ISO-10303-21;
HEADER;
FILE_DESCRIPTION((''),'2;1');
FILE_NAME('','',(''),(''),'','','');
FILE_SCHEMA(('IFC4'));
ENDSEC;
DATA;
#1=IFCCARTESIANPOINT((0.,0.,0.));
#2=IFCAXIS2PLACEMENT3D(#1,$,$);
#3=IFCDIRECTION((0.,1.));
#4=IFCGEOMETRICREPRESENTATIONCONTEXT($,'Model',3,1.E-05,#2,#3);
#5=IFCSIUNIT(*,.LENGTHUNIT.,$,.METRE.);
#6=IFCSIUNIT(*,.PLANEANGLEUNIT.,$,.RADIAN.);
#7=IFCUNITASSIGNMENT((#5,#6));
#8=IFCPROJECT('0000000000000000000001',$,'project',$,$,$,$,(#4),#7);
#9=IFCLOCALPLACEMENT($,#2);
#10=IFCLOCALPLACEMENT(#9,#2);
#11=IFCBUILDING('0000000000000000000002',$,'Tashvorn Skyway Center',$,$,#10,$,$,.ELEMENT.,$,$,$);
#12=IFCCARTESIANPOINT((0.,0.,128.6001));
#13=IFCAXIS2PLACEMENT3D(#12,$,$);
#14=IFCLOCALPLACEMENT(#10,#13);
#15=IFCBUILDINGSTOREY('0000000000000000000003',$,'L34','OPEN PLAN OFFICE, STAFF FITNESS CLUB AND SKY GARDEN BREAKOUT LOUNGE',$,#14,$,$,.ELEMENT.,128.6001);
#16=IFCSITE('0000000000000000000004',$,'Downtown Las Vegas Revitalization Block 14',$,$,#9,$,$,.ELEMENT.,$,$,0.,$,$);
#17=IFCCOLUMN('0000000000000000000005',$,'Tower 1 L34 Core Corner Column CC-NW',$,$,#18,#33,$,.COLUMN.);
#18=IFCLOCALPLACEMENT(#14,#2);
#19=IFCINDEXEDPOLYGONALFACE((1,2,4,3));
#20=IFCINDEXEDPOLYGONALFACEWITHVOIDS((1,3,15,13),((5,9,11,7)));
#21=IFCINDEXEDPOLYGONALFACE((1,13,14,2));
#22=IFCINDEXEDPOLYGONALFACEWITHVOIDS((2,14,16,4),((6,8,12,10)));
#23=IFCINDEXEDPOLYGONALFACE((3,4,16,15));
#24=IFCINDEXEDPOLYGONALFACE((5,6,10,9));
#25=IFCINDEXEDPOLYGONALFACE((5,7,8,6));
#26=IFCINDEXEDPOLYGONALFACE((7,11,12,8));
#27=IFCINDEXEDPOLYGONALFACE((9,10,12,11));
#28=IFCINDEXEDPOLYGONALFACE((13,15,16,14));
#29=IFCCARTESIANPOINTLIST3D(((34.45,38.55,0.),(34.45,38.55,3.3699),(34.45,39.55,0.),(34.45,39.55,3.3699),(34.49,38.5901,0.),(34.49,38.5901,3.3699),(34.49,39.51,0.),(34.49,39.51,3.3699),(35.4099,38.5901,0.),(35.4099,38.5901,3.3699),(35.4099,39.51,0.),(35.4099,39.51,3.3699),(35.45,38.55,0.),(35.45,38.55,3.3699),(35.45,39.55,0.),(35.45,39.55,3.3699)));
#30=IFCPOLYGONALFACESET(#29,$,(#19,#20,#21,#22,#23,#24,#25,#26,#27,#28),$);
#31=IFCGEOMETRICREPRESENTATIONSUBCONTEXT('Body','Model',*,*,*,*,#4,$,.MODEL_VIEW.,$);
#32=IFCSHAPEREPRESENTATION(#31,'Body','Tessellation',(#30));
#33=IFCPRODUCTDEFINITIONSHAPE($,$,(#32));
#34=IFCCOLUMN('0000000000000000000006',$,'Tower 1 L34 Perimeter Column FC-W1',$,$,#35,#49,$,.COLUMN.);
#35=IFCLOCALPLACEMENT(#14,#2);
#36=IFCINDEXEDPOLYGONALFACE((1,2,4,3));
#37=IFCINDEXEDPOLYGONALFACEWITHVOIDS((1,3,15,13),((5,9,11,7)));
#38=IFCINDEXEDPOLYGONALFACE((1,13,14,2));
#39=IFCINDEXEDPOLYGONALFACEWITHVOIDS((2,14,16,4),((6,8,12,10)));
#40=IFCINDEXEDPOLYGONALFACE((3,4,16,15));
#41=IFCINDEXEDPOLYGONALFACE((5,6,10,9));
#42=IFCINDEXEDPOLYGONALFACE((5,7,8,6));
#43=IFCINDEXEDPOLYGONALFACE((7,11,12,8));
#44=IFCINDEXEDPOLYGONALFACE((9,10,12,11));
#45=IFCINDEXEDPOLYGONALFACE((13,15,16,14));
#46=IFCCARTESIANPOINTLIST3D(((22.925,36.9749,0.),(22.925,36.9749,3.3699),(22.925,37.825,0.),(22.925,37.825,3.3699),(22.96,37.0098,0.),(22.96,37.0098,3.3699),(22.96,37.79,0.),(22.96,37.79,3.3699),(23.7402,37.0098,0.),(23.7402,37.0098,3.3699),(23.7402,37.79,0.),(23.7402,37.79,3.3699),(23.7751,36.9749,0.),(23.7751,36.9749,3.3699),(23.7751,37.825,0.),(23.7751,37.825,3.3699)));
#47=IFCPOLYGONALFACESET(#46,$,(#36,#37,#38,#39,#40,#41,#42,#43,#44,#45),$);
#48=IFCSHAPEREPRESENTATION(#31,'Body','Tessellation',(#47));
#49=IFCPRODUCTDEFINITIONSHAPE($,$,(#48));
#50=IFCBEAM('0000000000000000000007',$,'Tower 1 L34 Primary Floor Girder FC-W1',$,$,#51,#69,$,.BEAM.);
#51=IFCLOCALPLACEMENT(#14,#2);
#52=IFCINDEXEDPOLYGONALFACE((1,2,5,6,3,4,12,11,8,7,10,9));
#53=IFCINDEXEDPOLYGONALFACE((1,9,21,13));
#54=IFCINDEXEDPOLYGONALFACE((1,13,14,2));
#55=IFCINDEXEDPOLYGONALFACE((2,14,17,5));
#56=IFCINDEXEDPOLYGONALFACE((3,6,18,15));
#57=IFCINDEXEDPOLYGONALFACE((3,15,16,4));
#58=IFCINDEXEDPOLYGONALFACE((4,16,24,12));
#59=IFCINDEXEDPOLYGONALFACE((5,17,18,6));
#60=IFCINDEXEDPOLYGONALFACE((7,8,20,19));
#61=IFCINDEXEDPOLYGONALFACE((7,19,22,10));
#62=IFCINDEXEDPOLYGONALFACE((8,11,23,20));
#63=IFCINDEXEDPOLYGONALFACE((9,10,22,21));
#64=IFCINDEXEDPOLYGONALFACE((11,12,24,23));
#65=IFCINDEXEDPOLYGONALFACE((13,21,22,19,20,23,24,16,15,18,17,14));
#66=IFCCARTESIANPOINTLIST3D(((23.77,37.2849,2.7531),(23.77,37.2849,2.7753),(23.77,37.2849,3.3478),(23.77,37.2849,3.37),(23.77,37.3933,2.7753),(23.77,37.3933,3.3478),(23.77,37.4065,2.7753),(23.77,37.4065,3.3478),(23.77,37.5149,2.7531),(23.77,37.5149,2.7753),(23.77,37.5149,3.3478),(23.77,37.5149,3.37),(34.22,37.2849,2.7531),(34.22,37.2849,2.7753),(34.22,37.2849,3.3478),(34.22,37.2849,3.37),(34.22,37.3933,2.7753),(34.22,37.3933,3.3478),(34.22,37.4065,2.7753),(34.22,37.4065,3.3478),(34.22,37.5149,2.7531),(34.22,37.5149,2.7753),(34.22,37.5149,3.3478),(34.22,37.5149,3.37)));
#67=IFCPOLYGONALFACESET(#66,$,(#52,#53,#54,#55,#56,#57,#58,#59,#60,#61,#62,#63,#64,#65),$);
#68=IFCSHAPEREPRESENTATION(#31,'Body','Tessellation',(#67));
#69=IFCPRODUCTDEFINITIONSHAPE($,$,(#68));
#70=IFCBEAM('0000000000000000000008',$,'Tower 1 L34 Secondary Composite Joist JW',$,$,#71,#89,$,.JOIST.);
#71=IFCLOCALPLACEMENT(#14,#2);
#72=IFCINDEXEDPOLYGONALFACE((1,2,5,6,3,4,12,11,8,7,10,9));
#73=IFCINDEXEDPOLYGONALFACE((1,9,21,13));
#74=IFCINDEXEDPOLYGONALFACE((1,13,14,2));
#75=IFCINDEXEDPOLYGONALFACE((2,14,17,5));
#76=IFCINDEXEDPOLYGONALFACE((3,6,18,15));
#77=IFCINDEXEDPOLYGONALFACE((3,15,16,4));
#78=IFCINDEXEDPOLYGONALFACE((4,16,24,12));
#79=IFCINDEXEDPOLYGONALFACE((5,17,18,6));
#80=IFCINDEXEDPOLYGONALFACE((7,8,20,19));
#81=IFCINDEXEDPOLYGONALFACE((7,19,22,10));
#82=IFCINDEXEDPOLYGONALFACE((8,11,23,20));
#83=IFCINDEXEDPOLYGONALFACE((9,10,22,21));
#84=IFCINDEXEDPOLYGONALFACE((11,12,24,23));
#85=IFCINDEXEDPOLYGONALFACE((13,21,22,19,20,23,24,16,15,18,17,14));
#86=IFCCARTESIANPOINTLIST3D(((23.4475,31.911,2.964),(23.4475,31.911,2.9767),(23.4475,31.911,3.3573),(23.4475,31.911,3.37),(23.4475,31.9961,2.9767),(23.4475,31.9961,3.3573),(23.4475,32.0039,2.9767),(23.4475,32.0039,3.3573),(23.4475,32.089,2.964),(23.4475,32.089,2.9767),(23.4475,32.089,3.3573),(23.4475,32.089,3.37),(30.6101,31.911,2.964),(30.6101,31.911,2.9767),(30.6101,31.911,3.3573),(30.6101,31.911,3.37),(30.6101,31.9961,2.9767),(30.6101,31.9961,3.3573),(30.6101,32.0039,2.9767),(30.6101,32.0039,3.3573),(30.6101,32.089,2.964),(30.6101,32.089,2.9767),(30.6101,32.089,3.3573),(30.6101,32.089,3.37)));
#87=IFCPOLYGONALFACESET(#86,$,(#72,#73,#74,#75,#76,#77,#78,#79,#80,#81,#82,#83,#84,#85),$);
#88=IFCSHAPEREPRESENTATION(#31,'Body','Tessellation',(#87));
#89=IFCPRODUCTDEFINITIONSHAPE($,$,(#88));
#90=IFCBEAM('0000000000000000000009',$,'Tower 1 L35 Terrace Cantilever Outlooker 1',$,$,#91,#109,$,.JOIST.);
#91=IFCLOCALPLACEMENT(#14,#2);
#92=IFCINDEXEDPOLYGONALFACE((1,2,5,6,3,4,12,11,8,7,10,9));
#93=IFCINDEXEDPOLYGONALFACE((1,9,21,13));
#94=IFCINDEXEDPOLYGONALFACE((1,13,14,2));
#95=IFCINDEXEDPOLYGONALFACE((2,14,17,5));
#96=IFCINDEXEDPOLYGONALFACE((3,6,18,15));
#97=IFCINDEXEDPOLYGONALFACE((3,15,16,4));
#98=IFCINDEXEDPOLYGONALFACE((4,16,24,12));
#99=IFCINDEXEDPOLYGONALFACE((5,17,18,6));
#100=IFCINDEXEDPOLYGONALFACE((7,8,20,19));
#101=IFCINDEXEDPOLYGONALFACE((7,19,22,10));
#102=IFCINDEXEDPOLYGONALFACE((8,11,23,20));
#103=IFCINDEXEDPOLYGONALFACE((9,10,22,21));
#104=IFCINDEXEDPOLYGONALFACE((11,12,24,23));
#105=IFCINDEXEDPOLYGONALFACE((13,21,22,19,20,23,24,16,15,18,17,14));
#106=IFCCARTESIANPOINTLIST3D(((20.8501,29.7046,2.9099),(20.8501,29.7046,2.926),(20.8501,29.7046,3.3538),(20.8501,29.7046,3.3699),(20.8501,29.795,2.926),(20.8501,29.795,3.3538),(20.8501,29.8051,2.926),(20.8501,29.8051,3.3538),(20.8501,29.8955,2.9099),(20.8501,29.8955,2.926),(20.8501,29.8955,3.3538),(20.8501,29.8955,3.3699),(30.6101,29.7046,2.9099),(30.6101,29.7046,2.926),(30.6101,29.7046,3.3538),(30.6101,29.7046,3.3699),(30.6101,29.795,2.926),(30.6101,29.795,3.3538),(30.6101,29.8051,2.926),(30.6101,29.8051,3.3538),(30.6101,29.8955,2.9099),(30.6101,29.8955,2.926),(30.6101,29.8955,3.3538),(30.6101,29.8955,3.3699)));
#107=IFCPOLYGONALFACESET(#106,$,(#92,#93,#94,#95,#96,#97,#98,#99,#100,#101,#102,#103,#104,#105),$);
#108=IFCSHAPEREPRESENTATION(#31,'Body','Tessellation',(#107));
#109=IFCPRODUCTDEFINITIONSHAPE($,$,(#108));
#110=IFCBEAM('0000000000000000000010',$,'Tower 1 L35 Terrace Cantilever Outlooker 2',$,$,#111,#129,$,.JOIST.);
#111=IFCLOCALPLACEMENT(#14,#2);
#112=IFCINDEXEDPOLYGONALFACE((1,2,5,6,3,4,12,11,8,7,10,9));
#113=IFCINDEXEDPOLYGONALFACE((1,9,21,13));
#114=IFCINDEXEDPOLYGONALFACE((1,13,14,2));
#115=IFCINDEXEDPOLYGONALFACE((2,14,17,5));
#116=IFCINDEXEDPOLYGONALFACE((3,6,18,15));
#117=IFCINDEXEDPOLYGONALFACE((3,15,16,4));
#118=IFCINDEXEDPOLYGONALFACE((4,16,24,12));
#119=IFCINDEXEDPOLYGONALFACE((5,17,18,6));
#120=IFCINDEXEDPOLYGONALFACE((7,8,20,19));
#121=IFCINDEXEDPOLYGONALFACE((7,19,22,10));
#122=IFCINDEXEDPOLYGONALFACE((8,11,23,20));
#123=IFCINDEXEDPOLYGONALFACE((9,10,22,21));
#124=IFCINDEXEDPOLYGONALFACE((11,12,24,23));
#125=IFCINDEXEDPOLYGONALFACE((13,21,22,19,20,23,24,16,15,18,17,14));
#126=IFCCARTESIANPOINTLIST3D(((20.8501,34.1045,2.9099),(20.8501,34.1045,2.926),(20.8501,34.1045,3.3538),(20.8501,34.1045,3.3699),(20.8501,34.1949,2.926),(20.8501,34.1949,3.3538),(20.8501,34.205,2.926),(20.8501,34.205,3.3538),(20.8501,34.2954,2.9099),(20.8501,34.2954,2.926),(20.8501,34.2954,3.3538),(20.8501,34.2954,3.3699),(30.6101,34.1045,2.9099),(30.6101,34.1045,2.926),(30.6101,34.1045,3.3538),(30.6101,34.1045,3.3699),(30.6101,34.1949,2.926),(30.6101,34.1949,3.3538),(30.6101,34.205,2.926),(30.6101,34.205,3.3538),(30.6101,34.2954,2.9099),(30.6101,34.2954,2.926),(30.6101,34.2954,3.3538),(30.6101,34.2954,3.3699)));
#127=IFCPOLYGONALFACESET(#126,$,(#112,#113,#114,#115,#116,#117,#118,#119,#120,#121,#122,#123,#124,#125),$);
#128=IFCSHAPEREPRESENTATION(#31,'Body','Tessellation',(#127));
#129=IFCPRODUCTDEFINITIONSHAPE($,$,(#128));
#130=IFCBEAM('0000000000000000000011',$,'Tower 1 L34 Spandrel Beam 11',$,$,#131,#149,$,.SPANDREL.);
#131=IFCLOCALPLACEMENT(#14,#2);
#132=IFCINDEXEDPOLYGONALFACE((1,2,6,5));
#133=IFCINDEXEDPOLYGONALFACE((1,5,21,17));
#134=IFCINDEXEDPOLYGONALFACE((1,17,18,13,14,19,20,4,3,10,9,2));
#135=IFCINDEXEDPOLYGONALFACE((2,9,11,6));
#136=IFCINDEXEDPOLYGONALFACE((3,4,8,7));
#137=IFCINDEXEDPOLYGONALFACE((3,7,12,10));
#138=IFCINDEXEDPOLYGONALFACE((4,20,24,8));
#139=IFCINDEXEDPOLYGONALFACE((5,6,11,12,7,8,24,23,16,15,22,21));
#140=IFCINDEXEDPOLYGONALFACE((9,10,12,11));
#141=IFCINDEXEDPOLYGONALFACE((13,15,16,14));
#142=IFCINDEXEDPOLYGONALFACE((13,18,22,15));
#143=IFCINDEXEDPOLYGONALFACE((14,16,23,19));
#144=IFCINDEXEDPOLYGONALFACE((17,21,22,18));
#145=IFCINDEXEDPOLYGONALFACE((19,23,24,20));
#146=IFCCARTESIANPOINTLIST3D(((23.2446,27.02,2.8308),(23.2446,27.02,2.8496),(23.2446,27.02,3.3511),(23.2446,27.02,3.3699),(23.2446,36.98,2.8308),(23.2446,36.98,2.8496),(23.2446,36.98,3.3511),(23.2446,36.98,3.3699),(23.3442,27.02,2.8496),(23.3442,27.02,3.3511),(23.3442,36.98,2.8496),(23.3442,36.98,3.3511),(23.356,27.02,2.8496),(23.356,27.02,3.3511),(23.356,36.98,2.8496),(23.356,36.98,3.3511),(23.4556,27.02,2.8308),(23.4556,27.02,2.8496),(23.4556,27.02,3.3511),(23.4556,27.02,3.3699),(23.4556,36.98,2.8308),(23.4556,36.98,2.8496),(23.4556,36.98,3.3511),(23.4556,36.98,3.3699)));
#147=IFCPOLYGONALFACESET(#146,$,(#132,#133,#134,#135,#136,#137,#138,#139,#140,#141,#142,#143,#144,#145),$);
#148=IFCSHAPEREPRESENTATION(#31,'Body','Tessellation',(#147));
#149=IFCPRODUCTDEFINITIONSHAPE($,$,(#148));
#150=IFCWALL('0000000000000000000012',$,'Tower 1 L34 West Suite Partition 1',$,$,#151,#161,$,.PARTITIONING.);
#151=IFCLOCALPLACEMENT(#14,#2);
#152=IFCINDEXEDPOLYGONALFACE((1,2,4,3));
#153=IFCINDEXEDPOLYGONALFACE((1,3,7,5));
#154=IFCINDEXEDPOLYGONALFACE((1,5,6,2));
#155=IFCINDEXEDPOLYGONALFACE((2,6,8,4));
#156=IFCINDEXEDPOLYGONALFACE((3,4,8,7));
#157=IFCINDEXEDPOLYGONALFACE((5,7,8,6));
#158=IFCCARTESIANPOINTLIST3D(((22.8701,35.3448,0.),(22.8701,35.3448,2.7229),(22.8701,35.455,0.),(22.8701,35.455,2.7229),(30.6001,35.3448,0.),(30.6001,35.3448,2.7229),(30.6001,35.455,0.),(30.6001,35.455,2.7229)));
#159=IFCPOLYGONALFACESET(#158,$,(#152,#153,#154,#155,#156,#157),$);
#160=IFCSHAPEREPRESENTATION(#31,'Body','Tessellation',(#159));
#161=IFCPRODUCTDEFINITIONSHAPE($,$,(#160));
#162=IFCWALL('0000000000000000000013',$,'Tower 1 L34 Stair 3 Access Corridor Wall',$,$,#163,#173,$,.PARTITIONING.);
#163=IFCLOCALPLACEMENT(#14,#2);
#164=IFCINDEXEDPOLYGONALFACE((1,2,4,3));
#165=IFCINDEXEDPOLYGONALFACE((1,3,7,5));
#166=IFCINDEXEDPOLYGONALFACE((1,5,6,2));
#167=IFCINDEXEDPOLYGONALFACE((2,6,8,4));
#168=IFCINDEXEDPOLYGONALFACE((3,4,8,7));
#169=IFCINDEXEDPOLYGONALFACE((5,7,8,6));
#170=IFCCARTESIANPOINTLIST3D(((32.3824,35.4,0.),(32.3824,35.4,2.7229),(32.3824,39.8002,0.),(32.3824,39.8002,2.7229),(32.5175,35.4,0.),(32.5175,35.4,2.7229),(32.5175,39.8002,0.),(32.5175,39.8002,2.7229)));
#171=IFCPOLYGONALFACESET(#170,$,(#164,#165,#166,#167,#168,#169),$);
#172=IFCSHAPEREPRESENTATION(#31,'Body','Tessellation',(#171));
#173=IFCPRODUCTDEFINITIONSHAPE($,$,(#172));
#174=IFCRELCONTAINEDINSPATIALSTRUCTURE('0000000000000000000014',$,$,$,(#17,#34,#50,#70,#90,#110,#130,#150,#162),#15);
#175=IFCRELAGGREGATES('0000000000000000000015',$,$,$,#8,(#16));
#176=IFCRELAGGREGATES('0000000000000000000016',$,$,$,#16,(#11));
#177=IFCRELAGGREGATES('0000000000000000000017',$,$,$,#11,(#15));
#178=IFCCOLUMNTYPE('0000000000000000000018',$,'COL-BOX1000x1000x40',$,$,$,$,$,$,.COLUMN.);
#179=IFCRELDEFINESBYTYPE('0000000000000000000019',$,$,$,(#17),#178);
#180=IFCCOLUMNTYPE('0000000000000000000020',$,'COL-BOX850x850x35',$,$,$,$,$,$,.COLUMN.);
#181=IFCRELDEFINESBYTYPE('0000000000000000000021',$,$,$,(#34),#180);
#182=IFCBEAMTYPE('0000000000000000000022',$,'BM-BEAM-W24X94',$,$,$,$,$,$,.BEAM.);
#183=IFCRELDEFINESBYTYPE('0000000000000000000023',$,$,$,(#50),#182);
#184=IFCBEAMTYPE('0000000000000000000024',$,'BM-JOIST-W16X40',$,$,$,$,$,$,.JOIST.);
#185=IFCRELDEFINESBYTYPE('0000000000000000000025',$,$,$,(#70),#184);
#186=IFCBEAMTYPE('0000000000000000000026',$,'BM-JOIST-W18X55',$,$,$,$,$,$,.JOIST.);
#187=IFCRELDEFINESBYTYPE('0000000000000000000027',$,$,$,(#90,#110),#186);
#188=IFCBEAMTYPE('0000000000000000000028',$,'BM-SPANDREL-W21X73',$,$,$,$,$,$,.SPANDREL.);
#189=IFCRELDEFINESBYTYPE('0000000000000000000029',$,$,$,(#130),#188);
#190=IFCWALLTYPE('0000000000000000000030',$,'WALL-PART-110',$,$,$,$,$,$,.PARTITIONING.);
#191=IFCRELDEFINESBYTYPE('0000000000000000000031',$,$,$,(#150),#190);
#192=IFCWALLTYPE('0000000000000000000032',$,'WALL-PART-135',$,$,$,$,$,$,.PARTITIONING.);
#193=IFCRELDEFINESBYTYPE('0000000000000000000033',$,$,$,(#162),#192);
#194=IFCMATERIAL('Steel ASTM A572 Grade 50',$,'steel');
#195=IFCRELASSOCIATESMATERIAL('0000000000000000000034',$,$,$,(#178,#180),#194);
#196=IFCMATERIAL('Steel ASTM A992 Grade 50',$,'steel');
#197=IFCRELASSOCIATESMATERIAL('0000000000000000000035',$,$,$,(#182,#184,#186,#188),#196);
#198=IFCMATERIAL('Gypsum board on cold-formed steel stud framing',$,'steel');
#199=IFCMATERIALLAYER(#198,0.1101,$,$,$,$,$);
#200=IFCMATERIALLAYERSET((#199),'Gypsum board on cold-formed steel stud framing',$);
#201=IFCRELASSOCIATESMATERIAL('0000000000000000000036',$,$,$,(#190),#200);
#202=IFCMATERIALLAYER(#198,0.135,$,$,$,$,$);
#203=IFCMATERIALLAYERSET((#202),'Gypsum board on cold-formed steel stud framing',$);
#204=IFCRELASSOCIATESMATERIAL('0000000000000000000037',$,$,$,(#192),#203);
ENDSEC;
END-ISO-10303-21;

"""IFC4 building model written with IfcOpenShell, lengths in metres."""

from ifc_helpers import new_model, si_unit, direction, frame, frame_2d, origin, origin_2d, place, context, subcontext, project, spatial, rectangle, hollow_rectangle, i_section, extrude, material, layer, layer_set, material_profile, profile_set, type_object, element, save


model = new_model("IFC4")

# Units and contexts
model_context = context("Model", 3, precision=1e-05, world=origin(), true_north=direction((0.0, 1.0)))
body_context = subcontext(model_context, "Body", "Model", "MODEL_VIEW")
ifc_project = project(units=[si_unit("LENGTHUNIT", "METRE"), si_unit("PLANEANGLEUNIT", "RADIAN")], contexts=[model_context])

# Site, building, storey
site_placement = place(None, origin())
site = spatial("IfcSite", under=ifc_project, at=site_placement, Name="Downtown Las Vegas Revitalization Block 14", CompositionType="ELEMENT", RefElevation=0.0)
building_placement = place(site_placement, origin())
building = spatial("IfcBuilding", under=site, at=building_placement, Name="Tashvorn Skyway Center", CompositionType="ELEMENT")
storey_placement = place(building_placement, frame((0.0, 0.0, 128.6001)))
storey = spatial("IfcBuildingStorey", under=building, at=storey_placement, Name="L34", Description="OPEN PLAN OFFICE, STAFF FITNESS CLUB AND SKY GARDEN BREAKOUT LOUNGE", CompositionType="ELEMENT", Elevation=128.6001)

# Columns
ifc_material_1 = material(Name="Steel ASTM A572 Grade 50", Category="steel")
ifc_material_profile_1 = material_profile(ifc_material_1, hollow_rectangle(XDim=1.0, YDim=1.0, WallThickness=0.04, at=origin_2d()), Name="BOX1000x1000x40")
ifc_profile_set_1 = profile_set([ifc_material_profile_1], Name="Steel ASTM A572 Grade 50")
column_type_1 = type_object("IfcColumnType", Name="COL-BOX1000x1000x40", PredefinedType="COLUMN", material=ifc_profile_set_1)
column_1_placement = place(storey_placement, frame((34.95, 39.05, 0.0), z_axis=(0.0, 0.0, 1.0), x_axis=(1.0, 0.0, 0.0)))
element("IfcColumn", 1, at=column_1_placement, inside=storey, type_object=column_type_1, Name="Tower 1 L34 Core Corner Column CC-NW", PredefinedType="COLUMN", context=body_context, shape_type="SweptSolid", body=[
    extrude(hollow_rectangle(XDim=1.0, YDim=1.0, WallThickness=0.04, at=origin_2d()), origin(), (0.0, 0.0, 1.0), 3.3699),
])
ifc_material_profile_2 = material_profile(ifc_material_1, hollow_rectangle(XDim=0.8501, YDim=0.8501, WallThickness=0.0349, at=origin_2d()), Name="BOX850x850x35")
ifc_profile_set_2 = profile_set([ifc_material_profile_2], Name="Steel ASTM A572 Grade 50")
column_type_2 = type_object("IfcColumnType", Name="COL-BOX850x850x35", PredefinedType="COLUMN", material=ifc_profile_set_2)
column_2_placement = place(storey_placement, frame((23.3501, 37.3999, 0.0), z_axis=(0.0, 0.0, 1.0), x_axis=(1.0, 0.0, 0.0)))
element("IfcColumn", 2, at=column_2_placement, inside=storey, type_object=column_type_2, Name="Tower 1 L34 Perimeter Column FC-W1", PredefinedType="COLUMN", context=body_context, shape_type="SweptSolid", body=[
    extrude(hollow_rectangle(XDim=0.8501, YDim=0.8501, WallThickness=0.0349, at=origin_2d()), origin(), (0.0, 0.0, 1.0), 3.3699),
])

# Beams
ifc_material_2 = material(Name="Steel ASTM A992 Grade 50", Category="steel")
ifc_material_profile_3 = material_profile(ifc_material_2, i_section(OverallWidth=0.23, OverallDepth=0.6169, WebThickness=0.0132, FlangeThickness=0.0222, at=origin_2d()), Name="W24X94")
ifc_profile_set_3 = profile_set([ifc_material_profile_3], Name="Steel ASTM A992 Grade 50")
beam_type_1 = type_object("IfcBeamType", Name="BM-BEAM-W24X94", PredefinedType="BEAM", material=ifc_profile_set_3)
beam_1_placement = place(storey_placement, frame((23.77, 37.3999, 3.0615), z_axis=(1.0, 0.0, 0.0), x_axis=(0.0, 1.0, 0.0)))
element("IfcBeam", 3, at=beam_1_placement, inside=storey, type_object=beam_type_1, Name="Tower 1 L34 Primary Floor Girder FC-W1", PredefinedType="BEAM", context=body_context, shape_type="SweptSolid", body=[
    extrude(i_section(OverallWidth=0.23, OverallDepth=0.6169, WebThickness=0.0132, FlangeThickness=0.0222, at=origin_2d()), origin(), (0.0, 0.0, 1.0), 10.45),
])
ifc_material_profile_4 = material_profile(ifc_material_2, i_section(OverallWidth=0.178, OverallDepth=0.406, WebThickness=0.0078, FlangeThickness=0.0127, at=origin_2d()), Name="W16X40")
ifc_profile_set_4 = profile_set([ifc_material_profile_4], Name="Steel ASTM A992 Grade 50")
beam_type_2 = type_object("IfcBeamType", Name="BM-JOIST-W16X40", PredefinedType="JOIST", material=ifc_profile_set_4)
beam_2_placement = place(storey_placement, frame((30.6101, 32.0, 3.167), z_axis=(-1.0, 0.0, 0.0), x_axis=(0.0, -1.0, 0.0)))
element("IfcBeam", 4, at=beam_2_placement, inside=storey, type_object=beam_type_2, Name="Tower 1 L34 Secondary Composite Joist JW", PredefinedType="JOIST", context=body_context, shape_type="SweptSolid", body=[
    extrude(i_section(OverallWidth=0.178, OverallDepth=0.406, WebThickness=0.0078, FlangeThickness=0.0127, at=origin_2d()), origin(), (0.0, 0.0, 1.0), 7.1626),
])
ifc_material_profile_5 = material_profile(ifc_material_2, i_section(OverallWidth=0.1909, OverallDepth=0.46, WebThickness=0.01, FlangeThickness=0.0161, at=origin_2d()), Name="W18X55")
ifc_profile_set_5 = profile_set([ifc_material_profile_5], Name="Steel ASTM A992 Grade 50")
beam_type_3 = type_object("IfcBeamType", Name="BM-JOIST-W18X55", PredefinedType="JOIST", material=ifc_profile_set_5)
for number, where, z_axis, x_axis, name in (
    (5, (30.6101, 29.8, 3.1399), (-1.0, 0.0, 0.0), (0.0, -1.0, 0.0), "Tower 1 L35 Terrace Cantilever Outlooker 1"),
    (6, (30.6101, 34.2, 3.1399), (-1.0, 0.0, 0.0), (0.0, -1.0, 0.0), "Tower 1 L35 Terrace Cantilever Outlooker 2"),
):
    element("IfcBeam", number, at=place(storey_placement, frame(where, z_axis=z_axis, x_axis=x_axis)), inside=storey, type_object=beam_type_3, Name=name, PredefinedType="JOIST", context=body_context, shape_type="SweptSolid", body=[
        extrude(i_section(OverallWidth=0.1909, OverallDepth=0.46, WebThickness=0.01, FlangeThickness=0.0161, at=origin_2d()), origin(), (0.0, 0.0, 1.0), 9.76),
    ])
ifc_material_profile_6 = material_profile(ifc_material_2, i_section(OverallWidth=0.2109, OverallDepth=0.5391, WebThickness=0.0117, FlangeThickness=0.0188, at=origin_2d()), Name="W21X73")
ifc_profile_set_6 = profile_set([ifc_material_profile_6], Name="Steel ASTM A992 Grade 50")
beam_type_4 = type_object("IfcBeamType", Name="BM-SPANDREL-W21X73", PredefinedType="SPANDREL", material=ifc_profile_set_6)
beam_3_placement = place(storey_placement, frame((23.3501, 36.98, 3.1003), z_axis=(0.0, -1.0, 0.0), x_axis=(1.0, 0.0, 0.0)))
element("IfcBeam", 7, at=beam_3_placement, inside=storey, type_object=beam_type_4, Name="Tower 1 L34 Spandrel Beam 11", PredefinedType="SPANDREL", context=body_context, shape_type="SweptSolid", body=[
    extrude(i_section(OverallWidth=0.2109, OverallDepth=0.5391, WebThickness=0.0117, FlangeThickness=0.0188, at=origin_2d()), origin(), (0.0, 0.0, 1.0), 9.96),
])

# Walls
ifc_material_3 = material(Name="Gypsum board on cold-formed steel stud framing", Category="steel")
ifc_layer_1 = layer(ifc_material_3, 0.1101)
ifc_layer_set_1 = layer_set([ifc_layer_1], Name="Gypsum board on cold-formed steel stud framing")
wall_type_1 = type_object("IfcWallType", Name="WALL-PART-110", PredefinedType="PARTITIONING", material=ifc_layer_set_1)
wall_1_placement = place(storey_placement, frame((30.6001, 35.3999, 0.0), z_axis=(0.0, 0.0, 1.0), x_axis=(-1.0, 0.0, 0.0)))
element("IfcWall", 8, at=wall_1_placement, inside=storey, type_object=wall_type_1, Name="Tower 1 L34 West Suite Partition 1", PredefinedType="PARTITIONING", context=body_context, shape_type="SweptSolid", body=[
    extrude(rectangle(XDim=7.73, YDim=0.1101, at=frame_2d((3.865, 0.0))), origin(), (0.0, 0.0, 1.0), 2.7229),
])
ifc_layer_2 = layer(ifc_material_3, 0.135)
ifc_layer_set_2 = layer_set([ifc_layer_2], Name="Gypsum board on cold-formed steel stud framing")
wall_type_2 = type_object("IfcWallType", Name="WALL-PART-135", PredefinedType="PARTITIONING", material=ifc_layer_set_2)
wall_2_placement = place(storey_placement, frame((32.45, 35.3999, 0.0), z_axis=(0.0, 0.0, 1.0), x_axis=(0.0, 1.0, 0.0)))
element("IfcWall", 9, at=wall_2_placement, inside=storey, type_object=wall_type_2, Name="Tower 1 L34 Stair 3 Access Corridor Wall", PredefinedType="PARTITIONING", context=body_context, shape_type="SweptSolid", body=[
    extrude(rectangle(XDim=4.4001, YDim=0.135, at=frame_2d((2.2002, 0.0))), origin(), (0.0, 0.0, 1.0), 2.7229),
])

save(model, "model.ifc")
